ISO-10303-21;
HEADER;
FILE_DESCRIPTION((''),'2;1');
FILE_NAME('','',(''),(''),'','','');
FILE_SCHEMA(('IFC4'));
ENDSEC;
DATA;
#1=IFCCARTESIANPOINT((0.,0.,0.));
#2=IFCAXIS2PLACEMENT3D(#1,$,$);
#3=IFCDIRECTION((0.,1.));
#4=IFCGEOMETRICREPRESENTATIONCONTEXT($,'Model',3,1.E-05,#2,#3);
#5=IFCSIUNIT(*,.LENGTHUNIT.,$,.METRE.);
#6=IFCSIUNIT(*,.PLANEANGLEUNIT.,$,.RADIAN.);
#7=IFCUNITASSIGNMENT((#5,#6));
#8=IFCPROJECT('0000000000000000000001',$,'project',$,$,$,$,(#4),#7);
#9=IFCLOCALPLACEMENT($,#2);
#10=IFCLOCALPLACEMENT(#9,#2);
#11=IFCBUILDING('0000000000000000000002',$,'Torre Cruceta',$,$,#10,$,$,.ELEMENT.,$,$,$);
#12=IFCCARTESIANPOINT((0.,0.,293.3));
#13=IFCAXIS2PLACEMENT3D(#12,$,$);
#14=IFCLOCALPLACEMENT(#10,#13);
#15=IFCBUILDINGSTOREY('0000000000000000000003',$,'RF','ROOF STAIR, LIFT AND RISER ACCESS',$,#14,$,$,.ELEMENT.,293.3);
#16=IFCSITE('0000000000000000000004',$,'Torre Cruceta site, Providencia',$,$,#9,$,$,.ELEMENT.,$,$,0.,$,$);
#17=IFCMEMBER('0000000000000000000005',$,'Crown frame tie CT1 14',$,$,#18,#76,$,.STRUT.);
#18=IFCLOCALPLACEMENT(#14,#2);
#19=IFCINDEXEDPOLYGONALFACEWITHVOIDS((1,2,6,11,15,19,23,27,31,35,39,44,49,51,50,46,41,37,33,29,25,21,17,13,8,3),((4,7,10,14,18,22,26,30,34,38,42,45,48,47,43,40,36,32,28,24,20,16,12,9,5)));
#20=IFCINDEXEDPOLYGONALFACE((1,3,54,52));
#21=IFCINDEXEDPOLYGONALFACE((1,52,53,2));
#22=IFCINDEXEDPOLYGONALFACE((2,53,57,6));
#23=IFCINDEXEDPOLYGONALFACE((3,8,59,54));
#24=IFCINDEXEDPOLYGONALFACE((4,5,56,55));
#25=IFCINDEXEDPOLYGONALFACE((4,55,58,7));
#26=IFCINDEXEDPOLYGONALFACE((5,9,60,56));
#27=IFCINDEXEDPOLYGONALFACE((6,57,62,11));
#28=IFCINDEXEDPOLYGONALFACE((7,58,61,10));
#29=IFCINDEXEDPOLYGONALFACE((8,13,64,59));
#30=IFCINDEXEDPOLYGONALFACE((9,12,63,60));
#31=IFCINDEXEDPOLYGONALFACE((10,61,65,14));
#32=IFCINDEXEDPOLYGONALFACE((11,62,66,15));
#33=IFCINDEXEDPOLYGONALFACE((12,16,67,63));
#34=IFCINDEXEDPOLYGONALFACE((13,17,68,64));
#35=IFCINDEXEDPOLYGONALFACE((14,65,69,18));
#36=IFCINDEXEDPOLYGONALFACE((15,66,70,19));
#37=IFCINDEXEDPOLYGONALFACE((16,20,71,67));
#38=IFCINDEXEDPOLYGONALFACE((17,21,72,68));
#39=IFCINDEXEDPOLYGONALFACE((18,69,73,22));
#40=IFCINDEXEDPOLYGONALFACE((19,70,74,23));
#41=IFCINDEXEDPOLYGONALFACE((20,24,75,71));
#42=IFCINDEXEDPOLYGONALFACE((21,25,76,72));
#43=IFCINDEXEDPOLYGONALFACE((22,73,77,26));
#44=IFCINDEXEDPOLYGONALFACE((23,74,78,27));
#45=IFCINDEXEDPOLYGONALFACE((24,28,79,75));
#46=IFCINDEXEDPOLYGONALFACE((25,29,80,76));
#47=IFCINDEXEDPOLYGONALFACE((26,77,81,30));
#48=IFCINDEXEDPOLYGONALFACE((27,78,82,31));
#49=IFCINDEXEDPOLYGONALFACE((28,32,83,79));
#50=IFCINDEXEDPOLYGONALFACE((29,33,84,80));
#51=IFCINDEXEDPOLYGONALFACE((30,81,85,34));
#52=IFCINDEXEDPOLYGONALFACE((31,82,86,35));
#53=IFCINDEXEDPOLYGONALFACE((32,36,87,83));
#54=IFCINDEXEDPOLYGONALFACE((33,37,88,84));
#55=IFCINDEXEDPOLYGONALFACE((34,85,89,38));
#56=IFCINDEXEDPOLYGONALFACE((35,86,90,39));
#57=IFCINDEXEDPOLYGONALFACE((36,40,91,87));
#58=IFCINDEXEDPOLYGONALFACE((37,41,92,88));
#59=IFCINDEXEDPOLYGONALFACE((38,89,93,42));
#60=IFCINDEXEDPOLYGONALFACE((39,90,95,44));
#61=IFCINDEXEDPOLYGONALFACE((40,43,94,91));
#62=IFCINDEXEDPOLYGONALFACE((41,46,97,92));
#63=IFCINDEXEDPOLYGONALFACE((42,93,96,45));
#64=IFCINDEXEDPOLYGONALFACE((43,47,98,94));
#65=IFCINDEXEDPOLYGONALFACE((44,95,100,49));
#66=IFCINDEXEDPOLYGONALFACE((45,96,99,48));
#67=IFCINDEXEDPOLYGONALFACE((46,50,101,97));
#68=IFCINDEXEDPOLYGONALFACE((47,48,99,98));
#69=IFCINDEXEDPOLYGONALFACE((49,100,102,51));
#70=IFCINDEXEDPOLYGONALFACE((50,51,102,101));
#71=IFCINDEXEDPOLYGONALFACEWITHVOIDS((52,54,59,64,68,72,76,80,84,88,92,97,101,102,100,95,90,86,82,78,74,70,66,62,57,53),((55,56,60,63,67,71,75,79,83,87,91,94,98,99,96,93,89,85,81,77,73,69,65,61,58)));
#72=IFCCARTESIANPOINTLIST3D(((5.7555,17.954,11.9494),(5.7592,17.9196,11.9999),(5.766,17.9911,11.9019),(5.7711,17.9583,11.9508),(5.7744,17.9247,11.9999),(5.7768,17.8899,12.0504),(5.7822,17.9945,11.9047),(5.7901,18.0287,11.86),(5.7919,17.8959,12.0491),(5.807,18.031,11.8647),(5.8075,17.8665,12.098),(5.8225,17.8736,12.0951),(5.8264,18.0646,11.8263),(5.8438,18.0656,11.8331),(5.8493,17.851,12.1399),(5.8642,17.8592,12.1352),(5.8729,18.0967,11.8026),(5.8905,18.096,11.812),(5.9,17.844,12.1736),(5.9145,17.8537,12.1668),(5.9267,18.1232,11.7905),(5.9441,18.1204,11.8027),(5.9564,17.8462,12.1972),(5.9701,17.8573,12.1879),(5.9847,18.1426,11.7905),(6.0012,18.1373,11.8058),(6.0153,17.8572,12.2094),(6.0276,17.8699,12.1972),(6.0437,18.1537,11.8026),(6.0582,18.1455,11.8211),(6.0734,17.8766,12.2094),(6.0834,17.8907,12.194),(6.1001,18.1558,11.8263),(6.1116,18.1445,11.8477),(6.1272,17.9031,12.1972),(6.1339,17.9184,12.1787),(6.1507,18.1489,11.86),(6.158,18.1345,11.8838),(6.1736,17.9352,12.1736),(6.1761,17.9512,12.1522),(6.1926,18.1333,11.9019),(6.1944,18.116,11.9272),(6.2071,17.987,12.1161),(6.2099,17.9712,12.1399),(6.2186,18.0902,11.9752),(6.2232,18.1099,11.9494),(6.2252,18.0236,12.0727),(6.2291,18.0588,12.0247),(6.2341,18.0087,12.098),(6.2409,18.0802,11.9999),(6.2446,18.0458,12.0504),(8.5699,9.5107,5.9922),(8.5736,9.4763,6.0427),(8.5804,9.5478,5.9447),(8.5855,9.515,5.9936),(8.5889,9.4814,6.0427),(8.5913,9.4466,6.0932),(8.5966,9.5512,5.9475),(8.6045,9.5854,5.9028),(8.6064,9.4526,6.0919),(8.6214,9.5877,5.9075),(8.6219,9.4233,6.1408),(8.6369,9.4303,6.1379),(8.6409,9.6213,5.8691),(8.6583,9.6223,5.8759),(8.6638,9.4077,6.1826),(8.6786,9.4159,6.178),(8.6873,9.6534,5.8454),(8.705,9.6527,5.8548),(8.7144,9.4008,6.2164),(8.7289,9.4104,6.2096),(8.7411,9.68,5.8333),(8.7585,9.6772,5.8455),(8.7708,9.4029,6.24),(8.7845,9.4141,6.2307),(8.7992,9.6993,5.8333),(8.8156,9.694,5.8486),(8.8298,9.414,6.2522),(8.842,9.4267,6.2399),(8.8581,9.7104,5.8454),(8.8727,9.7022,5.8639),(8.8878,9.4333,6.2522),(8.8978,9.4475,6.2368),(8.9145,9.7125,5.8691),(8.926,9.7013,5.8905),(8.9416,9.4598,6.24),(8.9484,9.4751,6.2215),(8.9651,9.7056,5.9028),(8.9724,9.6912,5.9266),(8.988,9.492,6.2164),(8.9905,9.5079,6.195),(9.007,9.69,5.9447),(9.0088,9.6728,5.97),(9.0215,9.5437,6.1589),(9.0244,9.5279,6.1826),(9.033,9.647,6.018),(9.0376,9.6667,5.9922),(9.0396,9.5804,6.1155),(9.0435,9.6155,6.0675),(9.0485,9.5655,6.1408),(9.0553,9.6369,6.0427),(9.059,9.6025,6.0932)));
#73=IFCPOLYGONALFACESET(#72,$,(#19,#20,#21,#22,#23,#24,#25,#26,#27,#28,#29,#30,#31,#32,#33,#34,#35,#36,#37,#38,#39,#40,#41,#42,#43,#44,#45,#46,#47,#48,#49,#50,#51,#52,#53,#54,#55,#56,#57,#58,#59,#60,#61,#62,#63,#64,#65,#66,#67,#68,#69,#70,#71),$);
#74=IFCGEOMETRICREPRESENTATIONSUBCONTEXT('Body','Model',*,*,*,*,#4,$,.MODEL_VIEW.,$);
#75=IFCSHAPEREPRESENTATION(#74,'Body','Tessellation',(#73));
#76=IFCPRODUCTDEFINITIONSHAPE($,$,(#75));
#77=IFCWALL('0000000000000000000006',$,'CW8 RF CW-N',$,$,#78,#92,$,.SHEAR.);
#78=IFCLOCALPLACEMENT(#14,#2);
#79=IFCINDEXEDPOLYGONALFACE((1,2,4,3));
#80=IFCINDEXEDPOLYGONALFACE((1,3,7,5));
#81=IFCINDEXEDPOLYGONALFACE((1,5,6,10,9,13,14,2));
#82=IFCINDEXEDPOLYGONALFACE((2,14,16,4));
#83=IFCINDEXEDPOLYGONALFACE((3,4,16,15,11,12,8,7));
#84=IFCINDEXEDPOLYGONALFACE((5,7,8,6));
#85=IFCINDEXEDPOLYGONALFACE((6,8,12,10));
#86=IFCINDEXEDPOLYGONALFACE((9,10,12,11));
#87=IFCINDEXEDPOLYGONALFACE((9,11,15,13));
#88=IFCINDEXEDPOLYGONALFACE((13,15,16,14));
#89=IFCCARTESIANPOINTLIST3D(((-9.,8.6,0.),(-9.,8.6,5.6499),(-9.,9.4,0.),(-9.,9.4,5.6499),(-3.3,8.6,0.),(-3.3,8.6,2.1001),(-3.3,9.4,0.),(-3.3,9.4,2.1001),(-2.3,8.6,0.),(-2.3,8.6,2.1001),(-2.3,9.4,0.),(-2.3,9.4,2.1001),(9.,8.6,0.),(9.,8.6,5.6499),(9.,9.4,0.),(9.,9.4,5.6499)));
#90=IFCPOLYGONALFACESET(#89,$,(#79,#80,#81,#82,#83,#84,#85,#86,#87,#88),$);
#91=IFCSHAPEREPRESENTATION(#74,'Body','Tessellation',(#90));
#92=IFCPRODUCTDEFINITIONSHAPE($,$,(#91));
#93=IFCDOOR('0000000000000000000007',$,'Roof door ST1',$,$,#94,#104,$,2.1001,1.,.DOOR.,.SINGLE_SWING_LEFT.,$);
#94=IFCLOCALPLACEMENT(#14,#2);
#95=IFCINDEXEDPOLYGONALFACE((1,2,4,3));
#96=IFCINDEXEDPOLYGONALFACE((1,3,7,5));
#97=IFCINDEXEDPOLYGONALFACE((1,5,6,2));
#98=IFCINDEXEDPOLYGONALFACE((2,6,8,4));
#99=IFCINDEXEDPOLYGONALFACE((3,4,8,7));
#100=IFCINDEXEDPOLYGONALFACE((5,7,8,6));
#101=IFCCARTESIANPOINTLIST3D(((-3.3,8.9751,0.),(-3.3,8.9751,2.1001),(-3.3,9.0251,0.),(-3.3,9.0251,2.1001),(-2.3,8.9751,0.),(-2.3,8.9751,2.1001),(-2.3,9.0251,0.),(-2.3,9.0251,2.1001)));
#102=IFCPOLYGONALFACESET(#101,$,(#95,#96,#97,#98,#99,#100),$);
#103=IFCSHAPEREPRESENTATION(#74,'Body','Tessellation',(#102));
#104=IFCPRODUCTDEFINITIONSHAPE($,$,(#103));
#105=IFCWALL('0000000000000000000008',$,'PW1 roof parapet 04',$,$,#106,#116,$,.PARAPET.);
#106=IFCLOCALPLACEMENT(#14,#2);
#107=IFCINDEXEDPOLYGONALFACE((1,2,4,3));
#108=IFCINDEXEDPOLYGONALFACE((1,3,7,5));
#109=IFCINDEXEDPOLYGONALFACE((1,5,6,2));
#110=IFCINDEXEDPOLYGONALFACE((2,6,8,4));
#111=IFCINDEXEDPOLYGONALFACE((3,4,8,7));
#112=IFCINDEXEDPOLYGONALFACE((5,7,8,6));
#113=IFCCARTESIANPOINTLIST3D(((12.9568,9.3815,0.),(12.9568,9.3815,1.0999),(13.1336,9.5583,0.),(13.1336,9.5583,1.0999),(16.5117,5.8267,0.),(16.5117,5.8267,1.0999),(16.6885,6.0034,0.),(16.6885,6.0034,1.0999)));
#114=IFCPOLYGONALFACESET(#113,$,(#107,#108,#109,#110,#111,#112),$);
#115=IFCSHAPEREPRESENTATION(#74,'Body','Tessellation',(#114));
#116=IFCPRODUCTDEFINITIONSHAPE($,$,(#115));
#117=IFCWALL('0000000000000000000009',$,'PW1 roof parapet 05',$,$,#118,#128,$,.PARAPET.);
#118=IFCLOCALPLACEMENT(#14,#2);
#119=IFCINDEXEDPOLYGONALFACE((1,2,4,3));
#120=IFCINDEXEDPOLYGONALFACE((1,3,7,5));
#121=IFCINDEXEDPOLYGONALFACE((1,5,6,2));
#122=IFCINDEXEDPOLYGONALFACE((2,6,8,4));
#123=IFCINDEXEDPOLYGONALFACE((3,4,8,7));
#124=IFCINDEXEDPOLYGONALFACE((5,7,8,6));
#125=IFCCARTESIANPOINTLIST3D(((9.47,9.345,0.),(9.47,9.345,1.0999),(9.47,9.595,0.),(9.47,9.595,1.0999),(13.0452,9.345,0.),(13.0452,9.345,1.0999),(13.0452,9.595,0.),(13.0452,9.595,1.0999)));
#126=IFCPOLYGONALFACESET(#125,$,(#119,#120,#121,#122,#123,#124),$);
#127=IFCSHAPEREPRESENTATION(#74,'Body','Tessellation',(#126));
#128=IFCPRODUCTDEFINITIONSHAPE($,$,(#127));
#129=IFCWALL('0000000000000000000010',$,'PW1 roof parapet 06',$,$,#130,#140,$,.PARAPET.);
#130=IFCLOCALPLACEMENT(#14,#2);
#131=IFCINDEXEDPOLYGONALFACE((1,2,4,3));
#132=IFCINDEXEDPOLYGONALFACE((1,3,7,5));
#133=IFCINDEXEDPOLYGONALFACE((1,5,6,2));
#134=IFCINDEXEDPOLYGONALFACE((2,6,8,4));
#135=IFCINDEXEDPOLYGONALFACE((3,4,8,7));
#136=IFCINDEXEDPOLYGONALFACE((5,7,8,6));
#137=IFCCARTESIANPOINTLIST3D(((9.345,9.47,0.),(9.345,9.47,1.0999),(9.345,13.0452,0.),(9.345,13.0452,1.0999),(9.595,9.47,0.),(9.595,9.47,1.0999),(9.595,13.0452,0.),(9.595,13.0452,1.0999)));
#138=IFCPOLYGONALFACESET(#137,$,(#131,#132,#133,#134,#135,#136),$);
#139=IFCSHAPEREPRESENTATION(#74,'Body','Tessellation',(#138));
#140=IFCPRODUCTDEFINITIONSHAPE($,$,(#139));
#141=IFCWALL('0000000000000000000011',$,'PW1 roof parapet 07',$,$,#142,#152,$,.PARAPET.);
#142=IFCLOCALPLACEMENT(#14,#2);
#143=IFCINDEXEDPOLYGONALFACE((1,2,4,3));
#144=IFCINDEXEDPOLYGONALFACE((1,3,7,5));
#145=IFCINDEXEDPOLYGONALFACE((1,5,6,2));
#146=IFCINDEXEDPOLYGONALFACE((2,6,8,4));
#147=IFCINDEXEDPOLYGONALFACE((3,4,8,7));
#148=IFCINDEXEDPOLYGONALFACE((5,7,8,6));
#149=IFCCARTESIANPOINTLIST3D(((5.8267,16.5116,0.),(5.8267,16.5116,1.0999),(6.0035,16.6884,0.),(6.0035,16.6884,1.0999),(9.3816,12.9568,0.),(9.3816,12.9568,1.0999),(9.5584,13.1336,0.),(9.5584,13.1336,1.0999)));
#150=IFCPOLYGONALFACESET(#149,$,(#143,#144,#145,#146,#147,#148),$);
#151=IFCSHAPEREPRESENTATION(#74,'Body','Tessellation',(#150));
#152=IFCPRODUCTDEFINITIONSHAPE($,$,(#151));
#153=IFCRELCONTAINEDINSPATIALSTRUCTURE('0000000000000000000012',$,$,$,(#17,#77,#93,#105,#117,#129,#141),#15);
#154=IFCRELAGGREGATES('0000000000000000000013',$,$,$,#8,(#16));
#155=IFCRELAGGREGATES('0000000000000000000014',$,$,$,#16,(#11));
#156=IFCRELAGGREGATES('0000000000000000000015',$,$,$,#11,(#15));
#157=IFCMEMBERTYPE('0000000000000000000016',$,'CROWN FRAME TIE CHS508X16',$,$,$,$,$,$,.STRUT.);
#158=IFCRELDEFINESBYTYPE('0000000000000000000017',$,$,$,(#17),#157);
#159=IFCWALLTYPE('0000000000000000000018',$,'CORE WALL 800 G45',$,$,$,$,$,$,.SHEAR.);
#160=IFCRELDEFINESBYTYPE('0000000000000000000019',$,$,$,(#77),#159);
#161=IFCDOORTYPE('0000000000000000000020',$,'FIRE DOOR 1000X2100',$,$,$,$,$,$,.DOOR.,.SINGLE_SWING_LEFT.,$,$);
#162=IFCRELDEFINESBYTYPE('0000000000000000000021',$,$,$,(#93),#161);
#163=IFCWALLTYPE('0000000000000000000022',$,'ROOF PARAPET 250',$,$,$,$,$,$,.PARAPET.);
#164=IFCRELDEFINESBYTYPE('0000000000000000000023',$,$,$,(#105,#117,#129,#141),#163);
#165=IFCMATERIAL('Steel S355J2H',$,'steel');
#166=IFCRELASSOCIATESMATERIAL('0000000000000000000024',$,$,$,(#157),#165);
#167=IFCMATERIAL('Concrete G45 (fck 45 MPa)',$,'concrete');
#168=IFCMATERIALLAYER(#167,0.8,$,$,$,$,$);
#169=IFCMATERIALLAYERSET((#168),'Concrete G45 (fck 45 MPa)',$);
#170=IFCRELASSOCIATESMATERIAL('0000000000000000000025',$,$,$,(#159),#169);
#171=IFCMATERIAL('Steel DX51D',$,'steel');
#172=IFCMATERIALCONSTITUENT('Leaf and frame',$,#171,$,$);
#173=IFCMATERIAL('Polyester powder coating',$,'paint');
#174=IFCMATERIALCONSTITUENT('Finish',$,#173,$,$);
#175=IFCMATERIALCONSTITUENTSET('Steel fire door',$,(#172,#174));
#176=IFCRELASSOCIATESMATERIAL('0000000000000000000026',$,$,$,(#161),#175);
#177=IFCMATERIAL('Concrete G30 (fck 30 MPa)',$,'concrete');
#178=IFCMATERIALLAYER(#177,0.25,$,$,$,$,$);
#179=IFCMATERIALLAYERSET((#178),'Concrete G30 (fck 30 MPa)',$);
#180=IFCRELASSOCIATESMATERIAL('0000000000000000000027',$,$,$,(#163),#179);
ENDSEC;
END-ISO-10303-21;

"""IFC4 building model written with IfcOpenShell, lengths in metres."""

from ifc_helpers import new_model, si_unit, direction, frame, frame_2d, origin, origin_2d, place, context, subcontext, project, spatial, rectangle, hollow_circle, extrude, material, layer, layer_set, constituent, constituent_set, material_profile, profile_set, type_object, element, fill, save


model = new_model("IFC4")

# Units and contexts
model_context = context("Model", 3, precision=1e-05, world=origin(), true_north=direction((0.0, 1.0)))
body_context = subcontext(model_context, "Body", "Model", "MODEL_VIEW")
ifc_project = project(units=[si_unit("LENGTHUNIT", "METRE"), si_unit("PLANEANGLEUNIT", "RADIAN")], contexts=[model_context])

# Site, building, storey
site_placement = place(None, origin())
site = spatial("IfcSite", under=ifc_project, at=site_placement, Name="Torre Cruceta site, Providencia", CompositionType="ELEMENT", RefElevation=0.0)
building_placement = place(site_placement, origin())
building = spatial("IfcBuilding", under=site, at=building_placement, Name="Torre Cruceta", CompositionType="ELEMENT")
storey_placement = place(building_placement, frame((0.0, 0.0, 293.3)))
storey = spatial("IfcBuildingStorey", under=building, at=storey_placement, Name="RF", Description="ROOF STAIR, LIFT AND RISER ACCESS", CompositionType="ELEMENT", Elevation=293.3)

# Member
ifc_material_1 = material(Name="Steel S355J2H", Category="steel")
ifc_material_profile_1 = material_profile(ifc_material_1, hollow_circle(Radius=0.2539, WallThickness=0.0161, at=origin_2d()), Name="CHS508X16")
ifc_profile_set_1 = profile_set([ifc_material_profile_1], Name="Steel S355J2H")
member_type_1 = type_object("IfcMemberType", Name="CROWN FRAME TIE CHS508X16", PredefinedType="STRUT", material=ifc_profile_set_1)
member_1_placement = place(storey_placement, frame((8.8145, 9.5566, 6.0427), z_axis=(-0.262791, 0.788374, 0.556243), x_axis=(-0.948683, -0.316228, 0.0)))
element("IfcMember", 1, at=member_1_placement, inside=storey, type_object=member_type_1, Name="Crown frame tie CT1 14", PredefinedType="STRUT", context=body_context, shape_type="SweptSolid", body=[
    extrude(hollow_circle(Radius=0.2539, WallThickness=0.0161, at=origin_2d()), origin(), (0.0, 0.0, 1.0), 10.7097),
])

# Wall, opening, door
ifc_material_2 = material(Name="Concrete G45 (fck 45 MPa)", Category="concrete")
ifc_layer_1 = layer(ifc_material_2, 0.8)
ifc_layer_set_1 = layer_set([ifc_layer_1], Name="Concrete G45 (fck 45 MPa)")
wall_type_1 = type_object("IfcWallType", Name="CORE WALL 800 G45", PredefinedType="SHEAR", material=ifc_layer_set_1)
wall_1_placement = place(storey_placement, frame((9.0, 9.0, 0.0), z_axis=(0.0, 0.0, 1.0), x_axis=(-1.0, 0.0, 0.0)))
wall_1 = element("IfcWall", 2, at=wall_1_placement, inside=storey, type_object=wall_type_1, Name="CW8 RF CW-N", PredefinedType="SHEAR", context=body_context, shape_type="SweptSolid", body=[
    extrude(rectangle(XDim=18.0, YDim=0.8, at=frame_2d((9.0, 0.0))), origin(), (0.0, 0.0, 1.0), 5.6499),
])
opening_placement = place(wall_1_placement, frame((11.3, 0.0, 0.0)))
opening = element("IfcOpeningElement", 3, at=opening_placement, cuts=wall_1, PredefinedType="OPENING", context=body_context, shape_type="SweptSolid", body=[
    extrude(rectangle(XDim=1.0, YDim=2.1001, at=frame_2d((0.5, 1.05))), frame((0.0, 0.4099, 0.0), z_axis=(0.0, -1.0, 0.0), x_axis=(1.0, 0.0, 0.0)), (0.0, 0.0, 1.0), 0.8201),
])
ifc_material_3 = material(Name="Steel DX51D", Category="steel")
ifc_constituent_1 = constituent(ifc_material_3, Name="Leaf and frame")
ifc_material_4 = material(Name="Polyester powder coating", Category="paint")
ifc_constituent_2 = constituent(ifc_material_4, Name="Finish")
ifc_constituent_set = constituent_set(constituents=[ifc_constituent_1, ifc_constituent_2], Name="Steel fire door")
door_type = type_object("IfcDoorType", Name="FIRE DOOR 1000X2100", OperationType="SINGLE_SWING_LEFT", PredefinedType="DOOR", material=ifc_constituent_set)
door_placement = place(opening_placement, origin())
door = element("IfcDoor", 4, at=door_placement, inside=storey, type_object=door_type, Name="Roof door ST1", OperationType="SINGLE_SWING_LEFT", OverallHeight=2.1001, OverallWidth=1.0, PredefinedType="DOOR", context=body_context, shape_type="SweptSolid", body=[
    extrude(rectangle(XDim=1.0, YDim=2.1001, at=frame_2d((0.5, 1.05))), frame((0.0, 0.0249, 0.0), z_axis=(0.0, -1.0, 0.0), x_axis=(1.0, 0.0, 0.0)), (0.0, 0.0, 1.0), 0.05),
])
fill(opening, door)

# Walls
ifc_material_5 = material(Name="Concrete G30 (fck 30 MPa)", Category="concrete")
ifc_layer_2 = layer(ifc_material_5, 0.25)
ifc_layer_set_2 = layer_set([ifc_layer_2], Name="Concrete G30 (fck 30 MPa)")
wall_type_2 = type_object("IfcWallType", Name="ROOF PARAPET 250", PredefinedType="PARAPET", material=ifc_layer_set_2)
wall_2_placement = place(storey_placement, frame((16.6001, 5.915, 0.0), z_axis=(0.0, 0.0, 1.0), x_axis=(-0.707107, 0.707107, 0.0)))
element("IfcWall", 5, at=wall_2_placement, inside=storey, type_object=wall_type_2, Name="PW1 roof parapet 04", PredefinedType="PARAPET", context=body_context, shape_type="SweptSolid", body=[
    extrude(rectangle(XDim=5.0273, YDim=0.25, at=frame_2d((2.5137, 0.0))), origin(), (0.0, 0.0, 1.0), 1.0999),
])
for number, where, z_axis, x_axis, name in (
    (6, (13.0452, 9.47, 0.0), (0.0, 0.0, 1.0), (-1.0, 0.0, 0.0), "PW1 roof parapet 05"),
    (7, (9.47, 9.47, 0.0), (0.0, 0.0, 1.0), (0.0, 1.0, 0.0), "PW1 roof parapet 06"),
):
    element("IfcWall", number, at=place(storey_placement, frame(where, z_axis=z_axis, x_axis=x_axis)), inside=storey, type_object=wall_type_2, Name=name, PredefinedType="PARAPET", context=body_context, shape_type="SweptSolid", body=[
        extrude(rectangle(XDim=3.5752, YDim=0.25, at=frame_2d((1.7876, 0.0))), origin(), (0.0, 0.0, 1.0), 1.0999),
    ])
wall_3_placement = place(storey_placement, frame((9.47, 13.0452, 0.0), z_axis=(0.0, 0.0, 1.0), x_axis=(-0.707107, 0.707107, 0.0)))
element("IfcWall", 8, at=wall_3_placement, inside=storey, type_object=wall_type_2, Name="PW1 roof parapet 07", PredefinedType="PARAPET", context=body_context, shape_type="SweptSolid", body=[
    extrude(rectangle(XDim=5.0273, YDim=0.25, at=frame_2d((2.5137, 0.0))), origin(), (0.0, 0.0, 1.0), 1.0999),
])

save(model, "model.ifc")
